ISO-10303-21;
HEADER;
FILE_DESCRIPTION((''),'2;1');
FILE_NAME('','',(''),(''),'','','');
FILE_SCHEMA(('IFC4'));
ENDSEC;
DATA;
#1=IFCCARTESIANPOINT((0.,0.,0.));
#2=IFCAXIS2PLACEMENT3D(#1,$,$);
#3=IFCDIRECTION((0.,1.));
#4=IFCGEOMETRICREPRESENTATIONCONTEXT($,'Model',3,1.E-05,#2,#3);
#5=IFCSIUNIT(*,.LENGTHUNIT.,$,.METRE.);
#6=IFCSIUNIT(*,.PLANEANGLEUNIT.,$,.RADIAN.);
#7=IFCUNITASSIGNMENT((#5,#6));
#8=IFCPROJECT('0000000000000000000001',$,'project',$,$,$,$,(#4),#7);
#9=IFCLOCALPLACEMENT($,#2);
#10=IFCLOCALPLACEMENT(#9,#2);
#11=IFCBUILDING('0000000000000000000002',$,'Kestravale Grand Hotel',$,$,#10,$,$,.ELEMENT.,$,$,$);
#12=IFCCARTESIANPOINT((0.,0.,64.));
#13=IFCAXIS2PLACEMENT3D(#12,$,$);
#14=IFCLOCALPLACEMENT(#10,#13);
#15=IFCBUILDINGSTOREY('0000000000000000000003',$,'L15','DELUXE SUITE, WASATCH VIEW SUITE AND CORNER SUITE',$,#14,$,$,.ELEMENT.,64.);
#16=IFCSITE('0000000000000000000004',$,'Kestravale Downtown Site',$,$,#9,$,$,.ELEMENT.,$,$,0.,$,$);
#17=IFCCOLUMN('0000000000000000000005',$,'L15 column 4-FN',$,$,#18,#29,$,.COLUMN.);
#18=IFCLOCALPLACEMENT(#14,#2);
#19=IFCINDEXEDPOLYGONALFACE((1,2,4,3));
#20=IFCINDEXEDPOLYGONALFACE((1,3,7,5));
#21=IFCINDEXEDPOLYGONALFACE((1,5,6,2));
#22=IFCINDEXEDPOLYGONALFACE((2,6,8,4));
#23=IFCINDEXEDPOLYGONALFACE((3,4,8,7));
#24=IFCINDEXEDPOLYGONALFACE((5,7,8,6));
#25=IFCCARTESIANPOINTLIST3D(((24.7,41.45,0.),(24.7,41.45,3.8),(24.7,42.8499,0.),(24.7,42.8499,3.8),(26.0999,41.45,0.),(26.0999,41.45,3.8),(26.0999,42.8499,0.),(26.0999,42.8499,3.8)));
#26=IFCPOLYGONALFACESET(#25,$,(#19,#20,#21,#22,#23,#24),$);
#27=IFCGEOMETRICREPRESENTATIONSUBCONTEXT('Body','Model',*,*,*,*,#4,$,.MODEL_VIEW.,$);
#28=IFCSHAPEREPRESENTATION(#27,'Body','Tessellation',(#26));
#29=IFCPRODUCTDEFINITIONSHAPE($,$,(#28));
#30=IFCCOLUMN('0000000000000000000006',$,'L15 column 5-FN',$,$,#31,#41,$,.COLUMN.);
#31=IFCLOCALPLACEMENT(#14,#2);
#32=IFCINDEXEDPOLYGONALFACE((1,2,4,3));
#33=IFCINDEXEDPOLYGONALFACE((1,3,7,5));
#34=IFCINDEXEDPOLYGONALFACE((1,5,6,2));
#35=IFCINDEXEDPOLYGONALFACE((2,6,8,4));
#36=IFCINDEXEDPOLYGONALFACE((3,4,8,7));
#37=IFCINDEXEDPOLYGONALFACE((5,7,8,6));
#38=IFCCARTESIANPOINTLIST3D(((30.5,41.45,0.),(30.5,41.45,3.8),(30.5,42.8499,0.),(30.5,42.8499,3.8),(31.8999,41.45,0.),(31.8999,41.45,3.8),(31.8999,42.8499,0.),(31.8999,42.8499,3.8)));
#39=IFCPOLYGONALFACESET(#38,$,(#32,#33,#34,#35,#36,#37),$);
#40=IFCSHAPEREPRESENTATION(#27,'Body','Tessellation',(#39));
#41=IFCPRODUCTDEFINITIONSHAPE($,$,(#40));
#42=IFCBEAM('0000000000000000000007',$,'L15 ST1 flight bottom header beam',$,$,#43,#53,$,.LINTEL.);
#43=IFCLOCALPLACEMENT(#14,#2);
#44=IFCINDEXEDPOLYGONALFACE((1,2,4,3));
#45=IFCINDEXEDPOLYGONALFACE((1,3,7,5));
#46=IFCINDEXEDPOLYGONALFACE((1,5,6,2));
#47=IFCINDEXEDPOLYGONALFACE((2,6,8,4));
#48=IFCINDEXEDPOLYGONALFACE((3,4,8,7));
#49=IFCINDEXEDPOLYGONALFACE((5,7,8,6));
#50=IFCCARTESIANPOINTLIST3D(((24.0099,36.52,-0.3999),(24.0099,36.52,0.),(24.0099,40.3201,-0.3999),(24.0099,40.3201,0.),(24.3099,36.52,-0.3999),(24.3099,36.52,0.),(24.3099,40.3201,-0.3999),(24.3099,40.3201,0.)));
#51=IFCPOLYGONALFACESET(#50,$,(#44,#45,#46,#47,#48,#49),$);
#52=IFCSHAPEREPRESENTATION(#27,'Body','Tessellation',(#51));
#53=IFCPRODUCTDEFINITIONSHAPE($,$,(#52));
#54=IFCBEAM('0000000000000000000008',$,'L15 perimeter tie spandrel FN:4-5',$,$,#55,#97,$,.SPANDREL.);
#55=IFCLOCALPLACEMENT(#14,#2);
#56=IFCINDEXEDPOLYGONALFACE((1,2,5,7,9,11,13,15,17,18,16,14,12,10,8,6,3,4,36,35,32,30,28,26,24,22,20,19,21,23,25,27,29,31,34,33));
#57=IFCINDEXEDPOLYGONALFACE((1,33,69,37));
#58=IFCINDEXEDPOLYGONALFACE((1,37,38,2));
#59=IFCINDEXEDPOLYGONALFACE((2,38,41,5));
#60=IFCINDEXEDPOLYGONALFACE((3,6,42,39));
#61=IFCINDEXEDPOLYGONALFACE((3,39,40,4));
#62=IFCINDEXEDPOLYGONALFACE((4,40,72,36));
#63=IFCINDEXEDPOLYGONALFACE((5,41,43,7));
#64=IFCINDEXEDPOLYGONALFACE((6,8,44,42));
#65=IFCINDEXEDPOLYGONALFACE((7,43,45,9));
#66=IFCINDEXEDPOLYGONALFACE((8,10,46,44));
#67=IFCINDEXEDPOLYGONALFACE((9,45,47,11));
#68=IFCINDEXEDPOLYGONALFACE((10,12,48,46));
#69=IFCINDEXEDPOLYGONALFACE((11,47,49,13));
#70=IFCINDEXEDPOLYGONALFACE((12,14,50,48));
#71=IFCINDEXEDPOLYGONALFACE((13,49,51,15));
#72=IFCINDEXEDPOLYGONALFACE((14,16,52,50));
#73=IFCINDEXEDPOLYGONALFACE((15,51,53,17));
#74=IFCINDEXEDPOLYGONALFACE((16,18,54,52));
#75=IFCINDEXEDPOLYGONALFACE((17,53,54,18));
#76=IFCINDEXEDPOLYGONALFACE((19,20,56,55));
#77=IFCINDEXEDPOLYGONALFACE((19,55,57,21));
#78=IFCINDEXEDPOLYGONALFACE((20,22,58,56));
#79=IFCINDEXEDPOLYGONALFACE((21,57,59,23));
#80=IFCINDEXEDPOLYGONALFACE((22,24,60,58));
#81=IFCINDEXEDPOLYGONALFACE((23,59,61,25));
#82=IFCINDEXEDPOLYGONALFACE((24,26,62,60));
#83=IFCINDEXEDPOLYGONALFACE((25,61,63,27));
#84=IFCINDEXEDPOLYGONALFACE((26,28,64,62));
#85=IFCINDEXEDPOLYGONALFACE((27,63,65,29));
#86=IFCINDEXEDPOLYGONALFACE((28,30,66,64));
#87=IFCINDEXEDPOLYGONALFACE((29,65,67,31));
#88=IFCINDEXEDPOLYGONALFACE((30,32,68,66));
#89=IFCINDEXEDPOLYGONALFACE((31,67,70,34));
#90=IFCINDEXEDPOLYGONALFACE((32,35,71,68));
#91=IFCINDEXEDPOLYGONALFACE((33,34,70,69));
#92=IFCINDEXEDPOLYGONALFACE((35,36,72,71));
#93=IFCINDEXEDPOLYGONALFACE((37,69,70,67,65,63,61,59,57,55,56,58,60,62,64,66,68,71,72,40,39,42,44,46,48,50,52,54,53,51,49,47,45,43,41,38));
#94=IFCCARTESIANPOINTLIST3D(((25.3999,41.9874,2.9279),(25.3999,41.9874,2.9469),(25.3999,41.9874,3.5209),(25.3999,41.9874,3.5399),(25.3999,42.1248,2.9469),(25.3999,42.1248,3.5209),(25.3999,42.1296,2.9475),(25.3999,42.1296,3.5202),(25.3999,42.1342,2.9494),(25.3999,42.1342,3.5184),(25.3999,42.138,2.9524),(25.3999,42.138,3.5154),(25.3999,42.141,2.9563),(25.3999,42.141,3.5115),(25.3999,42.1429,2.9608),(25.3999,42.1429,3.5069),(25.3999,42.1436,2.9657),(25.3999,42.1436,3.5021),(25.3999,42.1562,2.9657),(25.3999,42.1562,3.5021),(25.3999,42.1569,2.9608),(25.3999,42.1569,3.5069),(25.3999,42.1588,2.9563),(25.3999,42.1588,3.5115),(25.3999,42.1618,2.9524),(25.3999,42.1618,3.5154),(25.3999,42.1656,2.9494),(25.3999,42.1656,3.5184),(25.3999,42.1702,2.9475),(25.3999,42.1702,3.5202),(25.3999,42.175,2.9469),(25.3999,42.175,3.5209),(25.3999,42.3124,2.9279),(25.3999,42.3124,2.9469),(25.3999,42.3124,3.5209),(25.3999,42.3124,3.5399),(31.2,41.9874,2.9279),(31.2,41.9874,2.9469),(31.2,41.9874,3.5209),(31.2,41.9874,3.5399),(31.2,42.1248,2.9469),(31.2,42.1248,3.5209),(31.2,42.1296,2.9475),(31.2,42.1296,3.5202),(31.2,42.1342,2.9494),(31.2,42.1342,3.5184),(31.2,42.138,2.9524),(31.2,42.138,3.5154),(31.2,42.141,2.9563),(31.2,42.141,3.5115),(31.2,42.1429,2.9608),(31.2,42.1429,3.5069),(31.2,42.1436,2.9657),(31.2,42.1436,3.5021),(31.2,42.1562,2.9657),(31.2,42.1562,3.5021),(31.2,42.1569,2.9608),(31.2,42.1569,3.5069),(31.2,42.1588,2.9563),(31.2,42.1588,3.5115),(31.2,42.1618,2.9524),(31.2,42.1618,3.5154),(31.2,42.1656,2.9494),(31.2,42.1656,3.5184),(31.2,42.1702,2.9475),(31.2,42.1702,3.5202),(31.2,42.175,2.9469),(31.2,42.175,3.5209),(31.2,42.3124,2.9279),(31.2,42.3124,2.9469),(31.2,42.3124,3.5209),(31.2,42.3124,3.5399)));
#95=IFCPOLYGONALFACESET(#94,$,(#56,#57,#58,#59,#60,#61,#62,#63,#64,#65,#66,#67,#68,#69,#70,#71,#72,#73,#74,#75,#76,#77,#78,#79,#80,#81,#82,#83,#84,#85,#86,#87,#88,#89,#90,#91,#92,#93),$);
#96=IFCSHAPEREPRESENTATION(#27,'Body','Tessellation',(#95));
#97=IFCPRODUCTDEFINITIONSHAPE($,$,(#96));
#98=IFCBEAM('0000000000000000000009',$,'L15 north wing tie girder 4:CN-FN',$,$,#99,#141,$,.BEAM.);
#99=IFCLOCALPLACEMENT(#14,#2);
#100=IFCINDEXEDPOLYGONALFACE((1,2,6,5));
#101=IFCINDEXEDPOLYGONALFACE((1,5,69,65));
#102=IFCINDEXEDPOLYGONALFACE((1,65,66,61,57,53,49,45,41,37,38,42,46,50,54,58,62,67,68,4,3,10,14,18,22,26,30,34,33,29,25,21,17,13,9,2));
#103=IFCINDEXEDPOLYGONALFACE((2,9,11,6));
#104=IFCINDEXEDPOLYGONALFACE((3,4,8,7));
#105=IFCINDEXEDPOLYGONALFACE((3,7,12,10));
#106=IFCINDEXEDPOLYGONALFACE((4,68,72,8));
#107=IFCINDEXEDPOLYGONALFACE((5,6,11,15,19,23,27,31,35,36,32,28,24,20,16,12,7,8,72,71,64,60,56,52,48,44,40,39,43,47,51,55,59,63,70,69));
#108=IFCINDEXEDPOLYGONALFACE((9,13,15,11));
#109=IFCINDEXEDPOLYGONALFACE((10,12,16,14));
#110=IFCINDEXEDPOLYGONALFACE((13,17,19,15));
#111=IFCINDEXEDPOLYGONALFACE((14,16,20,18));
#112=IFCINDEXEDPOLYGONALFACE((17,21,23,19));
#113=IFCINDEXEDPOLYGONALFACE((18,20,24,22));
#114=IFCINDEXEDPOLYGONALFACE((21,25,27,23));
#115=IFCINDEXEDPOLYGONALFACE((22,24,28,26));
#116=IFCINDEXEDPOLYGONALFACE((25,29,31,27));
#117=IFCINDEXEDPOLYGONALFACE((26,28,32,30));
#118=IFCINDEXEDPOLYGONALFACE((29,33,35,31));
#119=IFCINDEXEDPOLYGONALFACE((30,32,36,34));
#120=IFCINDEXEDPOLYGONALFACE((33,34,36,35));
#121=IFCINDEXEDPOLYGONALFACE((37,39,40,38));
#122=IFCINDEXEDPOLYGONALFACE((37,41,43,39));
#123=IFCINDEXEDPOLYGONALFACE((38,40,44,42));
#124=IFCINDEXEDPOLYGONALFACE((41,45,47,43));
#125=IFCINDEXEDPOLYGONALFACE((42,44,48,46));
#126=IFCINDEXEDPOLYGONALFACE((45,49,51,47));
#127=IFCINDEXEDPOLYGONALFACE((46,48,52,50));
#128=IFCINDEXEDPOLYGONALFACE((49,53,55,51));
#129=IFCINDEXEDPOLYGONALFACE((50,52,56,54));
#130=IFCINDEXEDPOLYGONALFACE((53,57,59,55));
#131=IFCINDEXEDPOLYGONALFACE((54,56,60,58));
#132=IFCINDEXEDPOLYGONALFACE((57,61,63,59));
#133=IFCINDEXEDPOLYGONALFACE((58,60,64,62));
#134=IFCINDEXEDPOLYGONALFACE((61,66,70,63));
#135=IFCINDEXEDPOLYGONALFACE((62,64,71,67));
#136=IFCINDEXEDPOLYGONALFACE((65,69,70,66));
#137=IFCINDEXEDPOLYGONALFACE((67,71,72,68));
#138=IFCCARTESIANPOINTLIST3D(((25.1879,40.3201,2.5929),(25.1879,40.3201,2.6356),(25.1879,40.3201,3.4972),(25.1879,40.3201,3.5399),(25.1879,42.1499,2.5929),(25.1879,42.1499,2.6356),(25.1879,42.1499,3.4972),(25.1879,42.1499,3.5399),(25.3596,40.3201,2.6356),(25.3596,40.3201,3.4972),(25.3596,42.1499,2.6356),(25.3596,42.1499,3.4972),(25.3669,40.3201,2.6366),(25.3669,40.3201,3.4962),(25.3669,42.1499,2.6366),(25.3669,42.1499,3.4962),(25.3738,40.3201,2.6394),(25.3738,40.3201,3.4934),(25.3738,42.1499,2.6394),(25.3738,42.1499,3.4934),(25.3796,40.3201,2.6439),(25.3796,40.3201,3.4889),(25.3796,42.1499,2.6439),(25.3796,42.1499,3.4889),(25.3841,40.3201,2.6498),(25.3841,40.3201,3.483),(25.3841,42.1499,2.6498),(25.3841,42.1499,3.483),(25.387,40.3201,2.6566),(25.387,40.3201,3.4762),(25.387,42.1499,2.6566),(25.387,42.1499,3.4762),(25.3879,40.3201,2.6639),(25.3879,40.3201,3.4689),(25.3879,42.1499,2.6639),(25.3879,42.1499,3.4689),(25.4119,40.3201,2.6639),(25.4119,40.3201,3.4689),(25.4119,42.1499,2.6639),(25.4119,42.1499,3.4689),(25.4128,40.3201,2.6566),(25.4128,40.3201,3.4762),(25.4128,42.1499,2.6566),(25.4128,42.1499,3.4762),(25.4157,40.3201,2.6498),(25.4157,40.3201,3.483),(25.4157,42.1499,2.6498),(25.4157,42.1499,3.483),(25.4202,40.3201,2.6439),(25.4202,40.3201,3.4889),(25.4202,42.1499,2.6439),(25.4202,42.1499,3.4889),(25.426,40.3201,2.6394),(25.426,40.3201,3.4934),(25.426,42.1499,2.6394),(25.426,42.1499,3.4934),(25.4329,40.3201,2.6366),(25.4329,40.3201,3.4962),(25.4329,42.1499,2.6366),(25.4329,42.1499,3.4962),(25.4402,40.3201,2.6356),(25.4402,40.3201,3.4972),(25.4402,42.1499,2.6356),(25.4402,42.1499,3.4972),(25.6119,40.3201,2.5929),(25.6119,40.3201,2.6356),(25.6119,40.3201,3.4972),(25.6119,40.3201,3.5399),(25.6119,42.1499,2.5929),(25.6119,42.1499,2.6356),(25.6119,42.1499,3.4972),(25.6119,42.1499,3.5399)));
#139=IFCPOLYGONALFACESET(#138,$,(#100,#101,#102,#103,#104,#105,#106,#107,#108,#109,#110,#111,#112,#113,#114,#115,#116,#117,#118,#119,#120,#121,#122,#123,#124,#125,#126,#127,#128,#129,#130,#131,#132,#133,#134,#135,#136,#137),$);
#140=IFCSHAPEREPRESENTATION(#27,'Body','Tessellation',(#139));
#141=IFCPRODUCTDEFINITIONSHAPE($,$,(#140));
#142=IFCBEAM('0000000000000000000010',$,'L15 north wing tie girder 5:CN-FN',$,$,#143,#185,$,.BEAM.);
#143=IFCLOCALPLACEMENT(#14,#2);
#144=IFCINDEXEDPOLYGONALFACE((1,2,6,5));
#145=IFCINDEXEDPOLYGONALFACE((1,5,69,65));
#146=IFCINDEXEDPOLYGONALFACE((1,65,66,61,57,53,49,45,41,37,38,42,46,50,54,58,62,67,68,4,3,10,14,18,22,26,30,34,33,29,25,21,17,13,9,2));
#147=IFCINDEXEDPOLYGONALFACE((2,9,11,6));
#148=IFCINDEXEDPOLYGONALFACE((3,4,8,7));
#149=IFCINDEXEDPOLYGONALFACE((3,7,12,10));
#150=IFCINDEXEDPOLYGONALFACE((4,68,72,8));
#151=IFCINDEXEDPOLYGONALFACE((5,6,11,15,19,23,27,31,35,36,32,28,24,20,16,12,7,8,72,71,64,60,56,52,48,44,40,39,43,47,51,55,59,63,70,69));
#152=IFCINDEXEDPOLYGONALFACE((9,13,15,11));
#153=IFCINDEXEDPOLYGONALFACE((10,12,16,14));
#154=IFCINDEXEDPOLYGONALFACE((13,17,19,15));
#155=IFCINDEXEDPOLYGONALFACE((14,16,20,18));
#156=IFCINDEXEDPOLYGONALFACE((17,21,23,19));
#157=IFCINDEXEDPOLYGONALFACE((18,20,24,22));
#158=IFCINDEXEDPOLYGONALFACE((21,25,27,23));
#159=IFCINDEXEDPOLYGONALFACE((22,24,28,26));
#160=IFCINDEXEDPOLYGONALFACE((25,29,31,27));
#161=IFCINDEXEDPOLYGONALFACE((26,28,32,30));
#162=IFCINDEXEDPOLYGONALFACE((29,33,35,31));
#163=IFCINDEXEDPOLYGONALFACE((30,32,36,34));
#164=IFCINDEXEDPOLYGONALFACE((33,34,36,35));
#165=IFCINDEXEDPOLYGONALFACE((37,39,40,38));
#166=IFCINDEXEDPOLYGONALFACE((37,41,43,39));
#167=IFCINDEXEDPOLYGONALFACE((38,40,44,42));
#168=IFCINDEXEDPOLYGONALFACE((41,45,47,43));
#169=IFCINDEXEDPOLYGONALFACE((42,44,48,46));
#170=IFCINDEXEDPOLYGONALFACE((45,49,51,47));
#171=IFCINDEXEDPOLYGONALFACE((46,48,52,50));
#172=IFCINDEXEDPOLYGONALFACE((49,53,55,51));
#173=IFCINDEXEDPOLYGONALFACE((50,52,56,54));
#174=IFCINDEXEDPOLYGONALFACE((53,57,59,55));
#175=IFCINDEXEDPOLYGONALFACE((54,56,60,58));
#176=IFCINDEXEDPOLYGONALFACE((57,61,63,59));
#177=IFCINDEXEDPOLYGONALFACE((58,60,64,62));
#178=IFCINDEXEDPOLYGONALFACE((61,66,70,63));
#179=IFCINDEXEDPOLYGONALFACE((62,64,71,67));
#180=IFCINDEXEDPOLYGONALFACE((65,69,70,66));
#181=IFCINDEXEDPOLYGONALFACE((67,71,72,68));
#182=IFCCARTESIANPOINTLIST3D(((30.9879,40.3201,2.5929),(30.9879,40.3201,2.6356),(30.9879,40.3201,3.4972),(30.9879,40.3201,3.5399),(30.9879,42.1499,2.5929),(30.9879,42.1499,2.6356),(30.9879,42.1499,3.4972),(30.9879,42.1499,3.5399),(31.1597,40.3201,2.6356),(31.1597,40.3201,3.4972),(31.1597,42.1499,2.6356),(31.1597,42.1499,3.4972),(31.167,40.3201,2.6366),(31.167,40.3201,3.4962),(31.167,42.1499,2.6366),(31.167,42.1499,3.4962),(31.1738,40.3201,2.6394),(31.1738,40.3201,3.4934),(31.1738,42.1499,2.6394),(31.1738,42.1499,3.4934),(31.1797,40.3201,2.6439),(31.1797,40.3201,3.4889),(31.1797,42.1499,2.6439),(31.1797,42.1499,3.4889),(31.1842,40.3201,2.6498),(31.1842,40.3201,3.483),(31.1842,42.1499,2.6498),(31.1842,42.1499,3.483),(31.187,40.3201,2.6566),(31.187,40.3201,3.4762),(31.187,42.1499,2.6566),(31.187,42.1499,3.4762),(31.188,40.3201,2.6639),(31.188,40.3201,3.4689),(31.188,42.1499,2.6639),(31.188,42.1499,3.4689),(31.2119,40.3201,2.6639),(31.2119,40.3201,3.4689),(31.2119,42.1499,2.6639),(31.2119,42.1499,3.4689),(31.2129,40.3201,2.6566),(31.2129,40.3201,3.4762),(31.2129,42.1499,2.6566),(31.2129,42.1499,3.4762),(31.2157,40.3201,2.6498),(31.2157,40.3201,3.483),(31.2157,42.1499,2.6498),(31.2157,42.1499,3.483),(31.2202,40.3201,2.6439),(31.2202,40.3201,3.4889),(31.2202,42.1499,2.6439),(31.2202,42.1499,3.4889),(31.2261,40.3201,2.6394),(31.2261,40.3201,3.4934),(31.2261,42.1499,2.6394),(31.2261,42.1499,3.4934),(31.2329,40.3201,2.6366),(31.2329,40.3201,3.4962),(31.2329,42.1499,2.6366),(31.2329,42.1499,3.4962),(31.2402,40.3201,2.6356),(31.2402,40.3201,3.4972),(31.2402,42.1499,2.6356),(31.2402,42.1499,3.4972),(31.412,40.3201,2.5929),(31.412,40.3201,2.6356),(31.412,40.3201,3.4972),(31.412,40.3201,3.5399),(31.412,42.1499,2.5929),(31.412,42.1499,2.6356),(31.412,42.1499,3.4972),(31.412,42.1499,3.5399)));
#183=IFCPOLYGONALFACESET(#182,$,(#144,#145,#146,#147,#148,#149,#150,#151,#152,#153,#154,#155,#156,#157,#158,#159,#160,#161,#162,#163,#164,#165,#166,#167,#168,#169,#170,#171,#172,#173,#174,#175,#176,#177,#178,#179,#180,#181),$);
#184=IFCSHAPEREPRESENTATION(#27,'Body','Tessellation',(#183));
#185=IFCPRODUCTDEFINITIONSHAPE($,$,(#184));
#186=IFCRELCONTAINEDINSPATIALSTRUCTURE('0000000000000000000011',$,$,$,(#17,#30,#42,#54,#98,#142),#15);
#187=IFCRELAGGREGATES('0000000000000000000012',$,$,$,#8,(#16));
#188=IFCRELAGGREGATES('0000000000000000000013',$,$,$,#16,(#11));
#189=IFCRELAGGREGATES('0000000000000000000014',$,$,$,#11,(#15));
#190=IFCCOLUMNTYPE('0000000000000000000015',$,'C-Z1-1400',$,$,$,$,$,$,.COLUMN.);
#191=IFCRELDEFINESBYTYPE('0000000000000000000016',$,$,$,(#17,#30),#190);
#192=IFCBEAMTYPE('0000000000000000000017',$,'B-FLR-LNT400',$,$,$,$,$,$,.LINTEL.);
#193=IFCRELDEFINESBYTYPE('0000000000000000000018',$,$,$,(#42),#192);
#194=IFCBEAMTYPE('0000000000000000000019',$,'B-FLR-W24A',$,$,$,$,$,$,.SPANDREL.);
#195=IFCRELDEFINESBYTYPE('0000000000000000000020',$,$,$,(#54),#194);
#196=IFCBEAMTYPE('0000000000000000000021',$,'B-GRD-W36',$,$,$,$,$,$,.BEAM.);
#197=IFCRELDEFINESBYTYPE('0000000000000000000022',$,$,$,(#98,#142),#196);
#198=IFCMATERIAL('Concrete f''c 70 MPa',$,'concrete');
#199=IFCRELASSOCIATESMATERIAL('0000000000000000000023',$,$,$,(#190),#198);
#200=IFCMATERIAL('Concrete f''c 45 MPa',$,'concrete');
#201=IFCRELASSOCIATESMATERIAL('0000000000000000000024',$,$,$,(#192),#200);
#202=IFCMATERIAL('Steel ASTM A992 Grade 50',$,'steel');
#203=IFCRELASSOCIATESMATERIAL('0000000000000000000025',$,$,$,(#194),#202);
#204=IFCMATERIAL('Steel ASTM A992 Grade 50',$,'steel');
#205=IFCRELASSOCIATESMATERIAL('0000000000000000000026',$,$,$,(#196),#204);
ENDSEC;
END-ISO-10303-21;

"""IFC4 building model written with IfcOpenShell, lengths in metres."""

from ifc_helpers import new_model, si_unit, direction, frame, origin, origin_2d, place, context, subcontext, project, spatial, rectangle, i_section, extrude, material, material_profile, profile_set, type_object, element, save


model = new_model("IFC4")

# Units and contexts
model_context = context("Model", 3, precision=1e-05, world=origin(), true_north=direction((0.0, 1.0)))
body_context = subcontext(model_context, "Body", "Model", "MODEL_VIEW")
ifc_project = project(units=[si_unit("LENGTHUNIT", "METRE"), si_unit("PLANEANGLEUNIT", "RADIAN")], contexts=[model_context])

# Site, building, storey
site_placement = place(None, origin())
site = spatial("IfcSite", under=ifc_project, at=site_placement, Name="Kestravale Downtown Site", CompositionType="ELEMENT", RefElevation=0.0)
building_placement = place(site_placement, origin())
building = spatial("IfcBuilding", under=site, at=building_placement, Name="Kestravale Grand Hotel", CompositionType="ELEMENT")
storey_placement = place(building_placement, frame((0.0, 0.0, 64.0)))
storey = spatial("IfcBuildingStorey", under=building, at=storey_placement, Name="L15", Description="DELUXE SUITE, WASATCH VIEW SUITE AND CORNER SUITE", CompositionType="ELEMENT", Elevation=64.0)

# Columns
ifc_material_1 = material(Name="Concrete f'c 70 MPa", Category="concrete")
ifc_material_profile_1 = material_profile(ifc_material_1, rectangle(XDim=1.3999, YDim=1.3999, at=origin_2d()))
ifc_profile_set_1 = profile_set([ifc_material_profile_1], Name="Concrete f'c 70 MPa")
column_type = type_object("IfcColumnType", Name="C-Z1-1400", PredefinedType="COLUMN", material=ifc_profile_set_1)
for number, where, z_axis, x_axis, name in (
    (1, (25.3999, 42.1499, 0.0), (0.0, 0.0, 1.0), (1.0, 0.0, 0.0), "L15 column 4-FN"),
    (2, (31.2, 42.1499, 0.0), (0.0, 0.0, 1.0), (1.0, 0.0, 0.0), "L15 column 5-FN"),
):
    element("IfcColumn", number, at=place(storey_placement, frame(where, z_axis=z_axis, x_axis=x_axis)), inside=storey, type_object=column_type, Name=name, PredefinedType="COLUMN", context=body_context, shape_type="SweptSolid", body=[
        extrude(rectangle(XDim=1.3999, YDim=1.3999, at=origin_2d()), origin(), (0.0, 0.0, 1.0), 3.8),
    ])

# Beams
ifc_material_2 = material(Name="Concrete f'c 45 MPa", Category="concrete")
ifc_material_profile_2 = material_profile(ifc_material_2, rectangle(XDim=0.3, YDim=0.3999, at=origin_2d()))
ifc_profile_set_2 = profile_set([ifc_material_profile_2], Name="Concrete f'c 45 MPa")
beam_type_1 = type_object("IfcBeamType", Name="B-FLR-LNT400", PredefinedType="LINTEL", material=ifc_profile_set_2)
beam_1_placement = place(storey_placement, frame((24.1599, 36.52, -0.2), z_axis=(0.0, 1.0, 0.0), x_axis=(-1.0, 0.0, 0.0)))
element("IfcBeam", 3, at=beam_1_placement, inside=storey, type_object=beam_type_1, Name="L15 ST1 flight bottom header beam", PredefinedType="LINTEL", context=body_context, shape_type="SweptSolid", body=[
    extrude(rectangle(XDim=0.3, YDim=0.3999, at=origin_2d()), origin(), (0.0, 0.0, 1.0), 3.8),
])
ifc_material_3 = material(Name="Steel ASTM A992 Grade 50", Category="steel")
ifc_material_profile_3 = material_profile(ifc_material_3, i_section(OverallWidth=0.325, OverallDepth=0.6121, WebThickness=0.0127, FlangeThickness=0.019, FilletRadius=0.0188, at=origin_2d()))
ifc_profile_set_3 = profile_set([ifc_material_profile_3], Name="Steel ASTM A992 Grade 50")
beam_type_2 = type_object("IfcBeamType", Name="B-FLR-W24A", PredefinedType="SPANDREL", material=ifc_profile_set_3)
beam_2_placement = place(storey_placement, frame((25.3999, 42.1499, 3.2339), z_axis=(1.0, 0.0, 0.0), x_axis=(0.0, 1.0, 0.0)))
element("IfcBeam", 4, at=beam_2_placement, inside=storey, type_object=beam_type_2, Name="L15 perimeter tie spandrel FN:4-5", PredefinedType="SPANDREL", context=body_context, shape_type="SweptSolid", body=[
    extrude(i_section(OverallWidth=0.325, OverallDepth=0.6121, WebThickness=0.0127, FlangeThickness=0.019, FilletRadius=0.0188, at=origin_2d()), origin(), (0.0, 0.0, 1.0), 5.8),
])
ifc_material_4 = material(Name="Steel ASTM A992 Grade 50", Category="steel")
ifc_material_profile_4 = material_profile(ifc_material_4, i_section(OverallWidth=0.4241, OverallDepth=0.947, WebThickness=0.0239, FlangeThickness=0.0427, FilletRadius=0.0283, at=origin_2d()))
ifc_profile_set_4 = profile_set([ifc_material_profile_4], Name="Steel ASTM A992 Grade 50")
beam_type_3 = type_object("IfcBeamType", Name="B-GRD-W36", PredefinedType="BEAM", material=ifc_profile_set_4)
for number, where, z_axis, x_axis, name in (
    (5, (25.3999, 40.3201, 3.0664), (0.0, 1.0, 0.0), (-1.0, 0.0, 0.0), "L15 north wing tie girder 4:CN-FN"),
    (6, (31.2, 40.3201, 3.0664), (0.0, 1.0, 0.0), (-1.0, 0.0, 0.0), "L15 north wing tie girder 5:CN-FN"),
):
    element("IfcBeam", number, at=place(storey_placement, frame(where, z_axis=z_axis, x_axis=x_axis)), inside=storey, type_object=beam_type_3, Name=name, PredefinedType="BEAM", context=body_context, shape_type="SweptSolid", body=[
        extrude(i_section(OverallWidth=0.4241, OverallDepth=0.947, WebThickness=0.0239, FlangeThickness=0.0427, FilletRadius=0.0283, at=origin_2d()), origin(), (0.0, 0.0, 1.0), 1.8298),
    ])

save(model, "model.ifc")
